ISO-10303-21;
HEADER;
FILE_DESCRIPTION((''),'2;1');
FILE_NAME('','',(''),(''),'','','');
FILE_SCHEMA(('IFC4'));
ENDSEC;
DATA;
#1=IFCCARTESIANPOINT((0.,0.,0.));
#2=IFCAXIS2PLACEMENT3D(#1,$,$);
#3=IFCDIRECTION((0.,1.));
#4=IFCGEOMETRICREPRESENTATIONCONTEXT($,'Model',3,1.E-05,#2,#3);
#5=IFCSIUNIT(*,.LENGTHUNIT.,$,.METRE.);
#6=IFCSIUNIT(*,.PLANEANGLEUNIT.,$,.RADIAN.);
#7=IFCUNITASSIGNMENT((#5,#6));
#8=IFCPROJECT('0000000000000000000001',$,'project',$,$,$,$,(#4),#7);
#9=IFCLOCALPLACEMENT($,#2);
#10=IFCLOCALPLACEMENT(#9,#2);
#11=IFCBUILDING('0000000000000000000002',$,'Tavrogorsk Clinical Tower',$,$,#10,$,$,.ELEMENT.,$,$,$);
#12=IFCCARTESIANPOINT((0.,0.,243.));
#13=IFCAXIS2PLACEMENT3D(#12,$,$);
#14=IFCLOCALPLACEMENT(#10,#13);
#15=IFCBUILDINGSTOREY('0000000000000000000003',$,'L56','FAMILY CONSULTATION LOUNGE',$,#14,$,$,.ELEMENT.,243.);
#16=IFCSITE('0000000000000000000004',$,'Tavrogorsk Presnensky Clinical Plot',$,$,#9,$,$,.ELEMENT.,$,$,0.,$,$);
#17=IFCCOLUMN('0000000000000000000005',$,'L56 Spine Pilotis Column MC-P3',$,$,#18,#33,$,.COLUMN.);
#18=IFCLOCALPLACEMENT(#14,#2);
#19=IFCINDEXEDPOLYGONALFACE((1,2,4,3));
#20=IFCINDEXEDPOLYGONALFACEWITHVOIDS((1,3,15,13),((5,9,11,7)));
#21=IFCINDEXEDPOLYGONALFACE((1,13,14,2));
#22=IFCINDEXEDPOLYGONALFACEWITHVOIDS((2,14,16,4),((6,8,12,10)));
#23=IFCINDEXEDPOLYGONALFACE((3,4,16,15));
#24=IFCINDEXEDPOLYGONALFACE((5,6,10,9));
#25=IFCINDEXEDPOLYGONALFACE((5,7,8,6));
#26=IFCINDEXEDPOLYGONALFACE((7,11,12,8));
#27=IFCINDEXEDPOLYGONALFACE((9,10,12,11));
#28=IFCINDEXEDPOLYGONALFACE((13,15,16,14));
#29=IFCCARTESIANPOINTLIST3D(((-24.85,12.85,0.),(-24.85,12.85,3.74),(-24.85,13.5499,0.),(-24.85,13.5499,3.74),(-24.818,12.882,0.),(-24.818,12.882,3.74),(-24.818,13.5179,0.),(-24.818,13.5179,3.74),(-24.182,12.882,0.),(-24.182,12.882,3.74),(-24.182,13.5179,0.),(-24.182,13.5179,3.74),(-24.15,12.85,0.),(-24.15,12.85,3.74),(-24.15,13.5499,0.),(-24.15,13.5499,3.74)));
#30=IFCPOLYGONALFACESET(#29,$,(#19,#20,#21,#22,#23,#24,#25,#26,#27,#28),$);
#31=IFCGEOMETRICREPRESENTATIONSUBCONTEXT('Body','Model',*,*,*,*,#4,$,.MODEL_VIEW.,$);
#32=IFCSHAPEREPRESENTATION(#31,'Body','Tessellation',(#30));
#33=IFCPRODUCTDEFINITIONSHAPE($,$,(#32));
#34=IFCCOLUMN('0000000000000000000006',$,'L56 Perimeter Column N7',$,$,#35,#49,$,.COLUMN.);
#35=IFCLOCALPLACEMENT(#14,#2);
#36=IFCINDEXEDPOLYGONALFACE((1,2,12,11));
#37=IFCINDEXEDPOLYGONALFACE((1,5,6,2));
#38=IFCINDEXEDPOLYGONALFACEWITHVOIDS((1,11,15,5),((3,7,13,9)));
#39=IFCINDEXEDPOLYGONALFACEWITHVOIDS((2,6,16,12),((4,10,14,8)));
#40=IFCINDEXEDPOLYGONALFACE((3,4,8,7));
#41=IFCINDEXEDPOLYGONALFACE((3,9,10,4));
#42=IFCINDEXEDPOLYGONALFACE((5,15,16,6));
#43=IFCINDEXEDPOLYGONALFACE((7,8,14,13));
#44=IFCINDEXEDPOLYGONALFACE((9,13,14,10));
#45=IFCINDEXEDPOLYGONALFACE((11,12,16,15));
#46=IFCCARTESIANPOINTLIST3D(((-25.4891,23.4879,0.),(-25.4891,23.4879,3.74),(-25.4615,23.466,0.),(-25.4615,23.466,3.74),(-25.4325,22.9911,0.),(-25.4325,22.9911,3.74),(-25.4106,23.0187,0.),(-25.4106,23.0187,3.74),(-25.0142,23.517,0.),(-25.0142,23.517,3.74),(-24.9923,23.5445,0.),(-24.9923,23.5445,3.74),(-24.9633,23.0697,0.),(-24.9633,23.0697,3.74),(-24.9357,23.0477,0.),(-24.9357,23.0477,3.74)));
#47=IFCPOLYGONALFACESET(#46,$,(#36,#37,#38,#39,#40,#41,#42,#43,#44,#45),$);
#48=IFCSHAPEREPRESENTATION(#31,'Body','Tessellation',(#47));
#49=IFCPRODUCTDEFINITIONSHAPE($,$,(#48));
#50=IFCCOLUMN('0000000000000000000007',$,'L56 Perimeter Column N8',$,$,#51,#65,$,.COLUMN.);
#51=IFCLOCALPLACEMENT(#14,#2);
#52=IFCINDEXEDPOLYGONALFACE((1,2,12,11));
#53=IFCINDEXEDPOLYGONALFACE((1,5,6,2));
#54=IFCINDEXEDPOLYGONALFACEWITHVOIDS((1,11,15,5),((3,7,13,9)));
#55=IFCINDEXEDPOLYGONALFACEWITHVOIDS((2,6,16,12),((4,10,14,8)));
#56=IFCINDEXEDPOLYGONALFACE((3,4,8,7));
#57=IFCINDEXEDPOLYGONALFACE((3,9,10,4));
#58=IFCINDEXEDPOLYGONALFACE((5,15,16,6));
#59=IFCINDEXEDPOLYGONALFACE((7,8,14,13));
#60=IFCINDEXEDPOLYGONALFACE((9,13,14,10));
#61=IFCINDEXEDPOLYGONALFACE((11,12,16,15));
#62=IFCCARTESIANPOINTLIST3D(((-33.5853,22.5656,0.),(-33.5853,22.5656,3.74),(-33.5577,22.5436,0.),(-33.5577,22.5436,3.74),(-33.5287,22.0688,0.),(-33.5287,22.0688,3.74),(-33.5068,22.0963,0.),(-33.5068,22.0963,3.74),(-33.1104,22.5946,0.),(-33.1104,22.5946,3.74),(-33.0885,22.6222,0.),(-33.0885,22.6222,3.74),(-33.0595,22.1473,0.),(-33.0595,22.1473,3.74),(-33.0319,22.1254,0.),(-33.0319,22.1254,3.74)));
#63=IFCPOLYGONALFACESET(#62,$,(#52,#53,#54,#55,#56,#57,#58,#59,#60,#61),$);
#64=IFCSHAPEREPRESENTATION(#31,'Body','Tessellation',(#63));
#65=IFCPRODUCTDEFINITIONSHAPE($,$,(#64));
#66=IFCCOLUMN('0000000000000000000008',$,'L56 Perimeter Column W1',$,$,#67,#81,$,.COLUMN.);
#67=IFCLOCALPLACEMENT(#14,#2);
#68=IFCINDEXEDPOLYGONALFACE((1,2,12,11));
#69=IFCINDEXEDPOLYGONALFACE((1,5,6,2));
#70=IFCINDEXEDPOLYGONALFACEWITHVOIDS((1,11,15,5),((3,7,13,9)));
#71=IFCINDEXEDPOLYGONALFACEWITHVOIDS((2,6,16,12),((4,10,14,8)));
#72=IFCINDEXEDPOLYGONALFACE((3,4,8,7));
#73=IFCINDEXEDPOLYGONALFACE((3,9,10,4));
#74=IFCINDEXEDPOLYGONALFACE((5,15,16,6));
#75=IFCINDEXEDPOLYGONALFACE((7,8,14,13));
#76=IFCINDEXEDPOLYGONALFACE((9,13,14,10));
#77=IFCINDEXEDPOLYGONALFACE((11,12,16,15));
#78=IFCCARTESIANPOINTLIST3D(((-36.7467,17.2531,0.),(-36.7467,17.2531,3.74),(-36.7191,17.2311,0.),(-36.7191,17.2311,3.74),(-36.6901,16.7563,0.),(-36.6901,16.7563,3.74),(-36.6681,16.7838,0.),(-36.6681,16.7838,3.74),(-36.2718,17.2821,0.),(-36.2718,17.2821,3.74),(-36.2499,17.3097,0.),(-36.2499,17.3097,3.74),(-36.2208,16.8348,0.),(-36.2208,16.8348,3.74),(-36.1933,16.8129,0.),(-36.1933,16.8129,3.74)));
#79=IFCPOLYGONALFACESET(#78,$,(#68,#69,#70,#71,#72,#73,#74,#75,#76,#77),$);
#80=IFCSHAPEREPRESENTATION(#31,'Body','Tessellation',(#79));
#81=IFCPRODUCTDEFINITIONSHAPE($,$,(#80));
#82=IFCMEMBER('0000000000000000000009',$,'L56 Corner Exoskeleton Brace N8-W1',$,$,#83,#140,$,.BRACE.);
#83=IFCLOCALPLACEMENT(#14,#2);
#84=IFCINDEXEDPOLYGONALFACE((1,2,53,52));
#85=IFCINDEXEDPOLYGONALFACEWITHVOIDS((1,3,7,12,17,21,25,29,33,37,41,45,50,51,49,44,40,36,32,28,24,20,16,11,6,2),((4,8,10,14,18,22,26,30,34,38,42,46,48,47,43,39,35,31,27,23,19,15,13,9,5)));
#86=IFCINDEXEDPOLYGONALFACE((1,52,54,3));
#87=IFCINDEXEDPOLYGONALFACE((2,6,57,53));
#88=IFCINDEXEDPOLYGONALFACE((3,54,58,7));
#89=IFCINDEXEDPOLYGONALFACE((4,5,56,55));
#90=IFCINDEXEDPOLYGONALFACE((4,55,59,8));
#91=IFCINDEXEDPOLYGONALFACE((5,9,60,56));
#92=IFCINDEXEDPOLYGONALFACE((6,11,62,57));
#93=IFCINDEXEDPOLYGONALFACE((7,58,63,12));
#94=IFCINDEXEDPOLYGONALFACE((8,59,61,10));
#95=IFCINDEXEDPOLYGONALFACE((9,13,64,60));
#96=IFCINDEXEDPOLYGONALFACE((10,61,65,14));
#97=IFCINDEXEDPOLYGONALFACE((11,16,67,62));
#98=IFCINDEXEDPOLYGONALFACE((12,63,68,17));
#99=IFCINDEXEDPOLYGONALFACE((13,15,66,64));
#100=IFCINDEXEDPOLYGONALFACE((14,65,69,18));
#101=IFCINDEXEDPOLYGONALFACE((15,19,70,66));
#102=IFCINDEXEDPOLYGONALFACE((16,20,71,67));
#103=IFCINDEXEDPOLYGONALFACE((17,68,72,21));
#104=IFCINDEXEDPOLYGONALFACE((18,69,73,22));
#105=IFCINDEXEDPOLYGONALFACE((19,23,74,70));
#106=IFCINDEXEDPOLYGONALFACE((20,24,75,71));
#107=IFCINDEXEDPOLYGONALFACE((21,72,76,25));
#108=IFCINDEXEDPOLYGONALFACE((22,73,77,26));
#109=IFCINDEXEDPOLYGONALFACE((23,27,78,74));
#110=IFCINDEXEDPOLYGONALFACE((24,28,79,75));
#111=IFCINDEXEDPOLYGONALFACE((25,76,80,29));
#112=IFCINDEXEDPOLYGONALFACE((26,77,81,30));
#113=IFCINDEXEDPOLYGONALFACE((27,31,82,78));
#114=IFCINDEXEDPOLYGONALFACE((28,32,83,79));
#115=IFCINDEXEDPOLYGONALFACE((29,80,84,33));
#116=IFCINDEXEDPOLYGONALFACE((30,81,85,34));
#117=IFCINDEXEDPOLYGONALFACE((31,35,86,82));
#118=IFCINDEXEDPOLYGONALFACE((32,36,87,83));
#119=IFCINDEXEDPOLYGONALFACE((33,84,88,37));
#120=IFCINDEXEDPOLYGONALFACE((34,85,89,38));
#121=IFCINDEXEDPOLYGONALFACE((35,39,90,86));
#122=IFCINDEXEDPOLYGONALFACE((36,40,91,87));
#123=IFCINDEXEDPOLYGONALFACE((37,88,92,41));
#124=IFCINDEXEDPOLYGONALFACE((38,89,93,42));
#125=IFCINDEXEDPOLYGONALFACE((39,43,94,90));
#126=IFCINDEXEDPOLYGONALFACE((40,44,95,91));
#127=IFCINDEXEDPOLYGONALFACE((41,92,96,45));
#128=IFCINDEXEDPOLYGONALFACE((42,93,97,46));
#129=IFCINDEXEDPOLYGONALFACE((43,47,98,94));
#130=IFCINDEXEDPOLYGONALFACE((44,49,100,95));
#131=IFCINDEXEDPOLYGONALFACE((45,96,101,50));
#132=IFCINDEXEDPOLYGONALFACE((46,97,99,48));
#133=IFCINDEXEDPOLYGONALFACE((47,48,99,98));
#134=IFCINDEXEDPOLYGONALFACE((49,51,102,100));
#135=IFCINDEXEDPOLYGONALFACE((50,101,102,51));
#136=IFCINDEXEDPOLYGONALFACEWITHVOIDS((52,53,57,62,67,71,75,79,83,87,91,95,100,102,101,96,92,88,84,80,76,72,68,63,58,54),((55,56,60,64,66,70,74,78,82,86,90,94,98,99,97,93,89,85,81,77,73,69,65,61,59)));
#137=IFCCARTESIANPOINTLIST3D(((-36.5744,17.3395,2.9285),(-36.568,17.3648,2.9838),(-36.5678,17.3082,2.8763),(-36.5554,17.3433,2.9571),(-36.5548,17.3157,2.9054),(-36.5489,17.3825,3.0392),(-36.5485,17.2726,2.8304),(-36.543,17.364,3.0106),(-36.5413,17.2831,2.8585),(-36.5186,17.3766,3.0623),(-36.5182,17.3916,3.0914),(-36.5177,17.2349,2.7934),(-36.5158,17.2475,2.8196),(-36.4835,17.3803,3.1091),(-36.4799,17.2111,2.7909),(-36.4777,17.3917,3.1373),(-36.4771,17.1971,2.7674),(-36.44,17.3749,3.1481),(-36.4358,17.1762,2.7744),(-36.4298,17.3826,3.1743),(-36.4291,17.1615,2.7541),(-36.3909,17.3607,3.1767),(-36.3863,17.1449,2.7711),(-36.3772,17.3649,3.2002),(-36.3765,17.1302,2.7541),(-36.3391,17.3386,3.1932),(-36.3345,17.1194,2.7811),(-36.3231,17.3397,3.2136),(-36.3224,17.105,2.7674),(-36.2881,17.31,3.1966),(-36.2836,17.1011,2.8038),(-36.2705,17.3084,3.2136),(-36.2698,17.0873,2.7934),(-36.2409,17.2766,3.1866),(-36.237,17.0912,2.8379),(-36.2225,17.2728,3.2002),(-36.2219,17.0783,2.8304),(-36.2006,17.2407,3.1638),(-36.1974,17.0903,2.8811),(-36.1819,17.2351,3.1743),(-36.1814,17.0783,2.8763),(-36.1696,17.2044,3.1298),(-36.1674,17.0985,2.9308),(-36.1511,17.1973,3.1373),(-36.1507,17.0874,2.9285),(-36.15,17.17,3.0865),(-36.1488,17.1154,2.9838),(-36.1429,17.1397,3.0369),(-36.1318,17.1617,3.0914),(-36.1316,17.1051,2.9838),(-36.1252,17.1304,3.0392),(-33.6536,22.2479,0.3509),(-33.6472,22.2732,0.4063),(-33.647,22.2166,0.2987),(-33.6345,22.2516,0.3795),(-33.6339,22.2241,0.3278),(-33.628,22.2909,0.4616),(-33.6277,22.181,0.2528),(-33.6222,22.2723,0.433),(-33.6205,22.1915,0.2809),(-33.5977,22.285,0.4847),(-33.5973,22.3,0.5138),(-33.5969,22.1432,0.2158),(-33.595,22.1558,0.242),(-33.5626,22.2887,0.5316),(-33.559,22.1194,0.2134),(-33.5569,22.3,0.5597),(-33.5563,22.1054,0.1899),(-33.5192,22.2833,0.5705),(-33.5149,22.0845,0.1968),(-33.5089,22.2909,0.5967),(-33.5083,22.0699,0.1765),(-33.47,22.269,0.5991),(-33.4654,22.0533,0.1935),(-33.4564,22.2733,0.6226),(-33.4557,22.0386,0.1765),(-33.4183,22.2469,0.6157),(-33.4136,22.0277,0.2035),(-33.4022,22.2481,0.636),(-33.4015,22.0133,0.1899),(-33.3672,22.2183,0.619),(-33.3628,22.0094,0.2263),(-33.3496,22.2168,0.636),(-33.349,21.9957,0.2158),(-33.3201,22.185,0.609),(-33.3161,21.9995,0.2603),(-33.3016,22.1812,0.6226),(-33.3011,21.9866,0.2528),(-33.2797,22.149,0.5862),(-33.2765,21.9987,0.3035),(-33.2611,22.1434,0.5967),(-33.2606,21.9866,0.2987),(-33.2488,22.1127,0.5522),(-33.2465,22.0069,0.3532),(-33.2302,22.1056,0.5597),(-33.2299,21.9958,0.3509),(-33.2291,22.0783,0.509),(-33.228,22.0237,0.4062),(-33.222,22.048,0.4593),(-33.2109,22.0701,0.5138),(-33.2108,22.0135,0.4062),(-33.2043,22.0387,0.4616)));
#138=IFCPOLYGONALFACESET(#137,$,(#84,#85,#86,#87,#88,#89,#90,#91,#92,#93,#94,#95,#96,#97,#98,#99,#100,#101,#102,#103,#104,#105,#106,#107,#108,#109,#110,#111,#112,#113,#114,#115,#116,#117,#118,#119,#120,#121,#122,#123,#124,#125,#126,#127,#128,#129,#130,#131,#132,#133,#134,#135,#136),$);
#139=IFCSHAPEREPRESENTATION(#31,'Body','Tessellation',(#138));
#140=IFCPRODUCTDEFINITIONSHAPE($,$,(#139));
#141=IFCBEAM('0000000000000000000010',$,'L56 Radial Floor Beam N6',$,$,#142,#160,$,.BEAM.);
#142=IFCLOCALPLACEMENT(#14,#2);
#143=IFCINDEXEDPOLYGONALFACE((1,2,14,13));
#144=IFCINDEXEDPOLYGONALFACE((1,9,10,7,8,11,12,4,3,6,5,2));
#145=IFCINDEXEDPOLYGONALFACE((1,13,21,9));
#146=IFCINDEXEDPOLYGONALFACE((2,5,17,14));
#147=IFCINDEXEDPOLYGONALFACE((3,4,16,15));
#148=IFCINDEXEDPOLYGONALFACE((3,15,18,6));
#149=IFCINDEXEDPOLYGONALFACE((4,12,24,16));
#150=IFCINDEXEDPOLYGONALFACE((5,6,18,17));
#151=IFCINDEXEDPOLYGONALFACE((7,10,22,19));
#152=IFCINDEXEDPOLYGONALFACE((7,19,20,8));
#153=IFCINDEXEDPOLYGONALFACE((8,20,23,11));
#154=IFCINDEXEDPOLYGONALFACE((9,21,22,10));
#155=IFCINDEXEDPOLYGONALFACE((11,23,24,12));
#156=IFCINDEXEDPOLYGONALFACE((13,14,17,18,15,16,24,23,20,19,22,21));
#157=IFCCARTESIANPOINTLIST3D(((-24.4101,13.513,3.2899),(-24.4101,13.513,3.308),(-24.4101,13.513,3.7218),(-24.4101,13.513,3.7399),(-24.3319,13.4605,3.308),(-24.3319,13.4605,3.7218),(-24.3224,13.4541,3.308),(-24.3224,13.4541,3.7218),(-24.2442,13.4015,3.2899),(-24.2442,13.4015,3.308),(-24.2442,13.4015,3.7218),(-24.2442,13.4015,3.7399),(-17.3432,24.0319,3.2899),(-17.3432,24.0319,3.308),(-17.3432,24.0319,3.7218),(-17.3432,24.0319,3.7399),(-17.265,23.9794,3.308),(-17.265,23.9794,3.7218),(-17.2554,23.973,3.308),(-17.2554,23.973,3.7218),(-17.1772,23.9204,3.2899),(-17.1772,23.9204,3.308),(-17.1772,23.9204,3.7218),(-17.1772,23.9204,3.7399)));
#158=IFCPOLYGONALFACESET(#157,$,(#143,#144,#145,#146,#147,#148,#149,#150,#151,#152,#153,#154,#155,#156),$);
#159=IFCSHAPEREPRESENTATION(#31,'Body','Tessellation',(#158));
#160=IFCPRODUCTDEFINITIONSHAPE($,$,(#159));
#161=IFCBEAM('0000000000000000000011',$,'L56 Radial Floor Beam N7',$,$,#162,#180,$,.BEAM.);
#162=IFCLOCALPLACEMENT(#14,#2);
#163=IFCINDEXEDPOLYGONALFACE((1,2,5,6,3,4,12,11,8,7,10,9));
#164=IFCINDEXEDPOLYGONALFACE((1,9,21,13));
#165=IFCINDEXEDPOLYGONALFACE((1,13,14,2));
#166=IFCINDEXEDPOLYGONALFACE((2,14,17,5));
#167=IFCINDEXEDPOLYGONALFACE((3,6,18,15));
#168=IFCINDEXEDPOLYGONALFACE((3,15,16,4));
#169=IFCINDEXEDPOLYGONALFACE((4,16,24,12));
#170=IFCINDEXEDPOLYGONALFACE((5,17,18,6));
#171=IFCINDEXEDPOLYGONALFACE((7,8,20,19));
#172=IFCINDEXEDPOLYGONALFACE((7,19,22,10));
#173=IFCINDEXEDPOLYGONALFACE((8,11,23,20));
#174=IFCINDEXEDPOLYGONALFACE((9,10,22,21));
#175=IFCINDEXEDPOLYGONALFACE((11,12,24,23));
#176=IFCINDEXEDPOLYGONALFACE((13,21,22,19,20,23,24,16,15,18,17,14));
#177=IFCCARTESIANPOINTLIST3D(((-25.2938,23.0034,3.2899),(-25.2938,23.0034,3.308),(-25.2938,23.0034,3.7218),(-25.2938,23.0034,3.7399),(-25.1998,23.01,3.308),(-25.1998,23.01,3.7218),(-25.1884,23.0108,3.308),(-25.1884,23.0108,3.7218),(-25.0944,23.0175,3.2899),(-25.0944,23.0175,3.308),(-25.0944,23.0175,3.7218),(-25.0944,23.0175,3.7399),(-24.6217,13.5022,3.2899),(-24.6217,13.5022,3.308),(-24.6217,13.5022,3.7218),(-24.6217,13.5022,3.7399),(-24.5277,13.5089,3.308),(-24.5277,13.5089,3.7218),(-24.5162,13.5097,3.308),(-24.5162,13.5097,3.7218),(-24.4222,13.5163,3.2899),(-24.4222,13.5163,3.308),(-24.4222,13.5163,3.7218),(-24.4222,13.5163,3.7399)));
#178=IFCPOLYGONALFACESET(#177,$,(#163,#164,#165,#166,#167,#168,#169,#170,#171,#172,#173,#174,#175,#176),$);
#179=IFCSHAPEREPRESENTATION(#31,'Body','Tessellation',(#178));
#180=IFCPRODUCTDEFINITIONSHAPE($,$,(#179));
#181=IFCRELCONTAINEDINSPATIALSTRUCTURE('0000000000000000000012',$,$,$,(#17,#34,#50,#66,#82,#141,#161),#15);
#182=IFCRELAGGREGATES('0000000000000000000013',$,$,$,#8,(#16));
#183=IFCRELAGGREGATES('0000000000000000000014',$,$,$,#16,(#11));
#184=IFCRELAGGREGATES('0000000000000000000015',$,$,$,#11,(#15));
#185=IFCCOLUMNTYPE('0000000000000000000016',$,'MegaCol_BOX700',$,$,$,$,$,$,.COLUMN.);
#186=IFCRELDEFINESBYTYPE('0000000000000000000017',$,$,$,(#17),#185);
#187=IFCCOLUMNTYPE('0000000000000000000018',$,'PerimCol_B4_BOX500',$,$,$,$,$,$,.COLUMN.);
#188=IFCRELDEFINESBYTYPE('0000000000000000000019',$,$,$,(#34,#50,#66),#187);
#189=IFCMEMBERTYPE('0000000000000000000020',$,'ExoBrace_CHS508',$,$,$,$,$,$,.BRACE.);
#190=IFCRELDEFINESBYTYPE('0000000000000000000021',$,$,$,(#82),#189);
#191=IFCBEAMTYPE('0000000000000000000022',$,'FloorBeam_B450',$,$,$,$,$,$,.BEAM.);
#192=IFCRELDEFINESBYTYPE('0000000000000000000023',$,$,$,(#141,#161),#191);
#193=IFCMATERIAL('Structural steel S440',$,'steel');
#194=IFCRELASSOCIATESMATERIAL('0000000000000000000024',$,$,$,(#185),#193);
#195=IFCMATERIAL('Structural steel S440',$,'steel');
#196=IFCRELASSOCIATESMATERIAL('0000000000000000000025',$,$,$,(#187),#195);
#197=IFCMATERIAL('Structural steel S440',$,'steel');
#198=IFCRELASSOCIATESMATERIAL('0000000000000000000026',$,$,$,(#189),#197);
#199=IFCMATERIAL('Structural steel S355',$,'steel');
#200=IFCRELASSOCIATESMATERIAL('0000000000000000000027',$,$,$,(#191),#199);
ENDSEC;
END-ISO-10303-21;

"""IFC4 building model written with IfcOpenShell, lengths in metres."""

from ifc_helpers import new_model, si_unit, direction, frame, origin, origin_2d, place, context, subcontext, project, spatial, hollow_rectangle, hollow_circle, i_section, extrude, material, material_profile, profile_set, type_object, element, save


model = new_model("IFC4")

# Units and contexts
model_context = context("Model", 3, precision=1e-05, world=origin(), true_north=direction((0.0, 1.0)))
body_context = subcontext(model_context, "Body", "Model", "MODEL_VIEW")
ifc_project = project(units=[si_unit("LENGTHUNIT", "METRE"), si_unit("PLANEANGLEUNIT", "RADIAN")], contexts=[model_context])

# Site, building, storey
site_placement = place(None, origin())
site = spatial("IfcSite", under=ifc_project, at=site_placement, Name="Tavrogorsk Presnensky Clinical Plot", CompositionType="ELEMENT", RefElevation=0.0)
building_placement = place(site_placement, origin())
building = spatial("IfcBuilding", under=site, at=building_placement, Name="Tavrogorsk Clinical Tower", CompositionType="ELEMENT")
storey_placement = place(building_placement, frame((0.0, 0.0, 243.0)))
storey = spatial("IfcBuildingStorey", under=building, at=storey_placement, Name="L56", Description="FAMILY CONSULTATION LOUNGE", CompositionType="ELEMENT", Elevation=243.0)

# Columns
ifc_material_1 = material(Name="Structural steel S440", Category="steel")
ifc_material_profile_1 = material_profile(ifc_material_1, hollow_rectangle(XDim=0.7, YDim=0.7, WallThickness=0.032, at=origin_2d()), Name="BOX-700x700x32")
ifc_profile_set_1 = profile_set([ifc_material_profile_1], Name="Structural steel S440")
column_type_1 = type_object("IfcColumnType", Name="MegaCol_BOX700", PredefinedType="COLUMN", material=ifc_profile_set_1)
column_placement = place(storey_placement, frame((-24.5, 13.2, 0.0), z_axis=(0.0, 0.0, 1.0), x_axis=(1.0, 0.0, 0.0)))
element("IfcColumn", 1, at=column_placement, inside=storey, type_object=column_type_1, Name="L56 Spine Pilotis Column MC-P3", PredefinedType="COLUMN", context=body_context, shape_type="SweptSolid", body=[
    extrude(hollow_rectangle(XDim=0.7, YDim=0.7, WallThickness=0.032, at=origin_2d()), origin(), (0.0, 0.0, 1.0), 3.74),
])
ifc_material_2 = material(Name="Structural steel S440", Category="steel")
ifc_material_profile_2 = material_profile(ifc_material_2, hollow_rectangle(XDim=0.5, YDim=0.5, WallThickness=0.0249, at=origin_2d()), Name="BOX-500x500x25")
ifc_profile_set_2 = profile_set([ifc_material_profile_2], Name="Structural steel S440")
column_type_2 = type_object("IfcColumnType", Name="PerimCol_B4_BOX500", PredefinedType="COLUMN", material=ifc_profile_set_2)
for number, where, z_axis, x_axis, name in (
    (2, (-25.2124, 23.2678, 0.0), (0.0, 0.0, 1.0), (0.993572, 0.113203, 0.0), "L56 Perimeter Column N7"),
    (3, (-33.3086, 22.3455, 0.0), (0.0, 0.0, 1.0), (0.993572, 0.113203, 0.0), "L56 Perimeter Column N8"),
    (4, (-36.47, 17.033, 0.0), (0.0, 0.0, 1.0), (0.993572, 0.113203, 0.0), "L56 Perimeter Column W1"),
):
    element("IfcColumn", number, at=place(storey_placement, frame(where, z_axis=z_axis, x_axis=x_axis)), inside=storey, type_object=column_type_2, Name=name, PredefinedType="COLUMN", context=body_context, shape_type="SweptSolid", body=[
        extrude(hollow_rectangle(XDim=0.5, YDim=0.5, WallThickness=0.0249, at=origin_2d()), origin(), (0.0, 0.0, 1.0), 3.74),
    ])

# Member
ifc_material_3 = material(Name="Structural steel S440", Category="steel")
ifc_material_profile_3 = material_profile(ifc_material_3, hollow_circle(Radius=0.2539, WallThickness=0.02, at=origin_2d()), Name="CHS-508x20")
ifc_profile_set_3 = profile_set([ifc_material_profile_3], Name="Structural steel S440")
member_type = type_object("IfcMemberType", Name="ExoBrace_CHS508", PredefinedType="BRACE", material=ifc_profile_set_3)
member_placement = place(storey_placement, frame((-33.429, 22.1433, 0.4062), z_axis=(-0.466115, -0.783287, 0.411338), x_axis=(0.859354, -0.511381, 0.0)))
element("IfcMember", 5, at=member_placement, inside=storey, type_object=member_type, Name="L56 Corner Exoskeleton Brace N8-W1", PredefinedType="BRACE", context=body_context, shape_type="SweptSolid", body=[
    extrude(hollow_circle(Radius=0.2539, WallThickness=0.02, at=origin_2d()), origin(), (0.0, 0.0, 1.0), 6.2664),
])

# Beams
ifc_material_4 = material(Name="Structural steel S355", Category="steel")
ifc_material_profile_4 = material_profile(ifc_material_4, i_section(OverallWidth=0.2, OverallDepth=0.45, WebThickness=0.0115, FlangeThickness=0.0181, at=origin_2d()), Name="B-450x200x11.5x18")
ifc_profile_set_4 = profile_set([ifc_material_profile_4], Name="Structural steel S355")
beam_type_1 = type_object("IfcBeamType", Name="FloorBeam_B450", PredefinedType="BEAM", material=ifc_profile_set_4)
beam_1_placement = place(storey_placement, frame((-24.3271, 13.4573, 3.5149), z_axis=(0.557667, 0.830065, 0.0), x_axis=(-0.830065, 0.557667, 0.0)))
element("IfcBeam", 6, at=beam_1_placement, inside=storey, type_object=beam_type_1, Name="L56 Radial Floor Beam N6", PredefinedType="BEAM", context=body_context, shape_type="SweptSolid", body=[
    extrude(i_section(OverallWidth=0.2, OverallDepth=0.45, WebThickness=0.0115, FlangeThickness=0.0181, at=origin_2d()), origin(), (0.0, 0.0, 1.0), 12.6724),
])
beam_2_placement = place(storey_placement, frame((-24.522, 13.5093, 3.5149), z_axis=(-0.070564, 0.997507, 0.0), x_axis=(-0.997507, -0.070564, 0.0)))
element("IfcBeam", 7, at=beam_2_placement, inside=storey, type_object=beam_type_1, Name="L56 Radial Floor Beam N7", PredefinedType="BEAM", context=body_context, shape_type="SweptSolid", body=[
    extrude(i_section(OverallWidth=0.2, OverallDepth=0.45, WebThickness=0.0115, FlangeThickness=0.0181, at=origin_2d()), origin(), (0.0, 0.0, 1.0), 9.5249),
])

save(model, "model.ifc")
